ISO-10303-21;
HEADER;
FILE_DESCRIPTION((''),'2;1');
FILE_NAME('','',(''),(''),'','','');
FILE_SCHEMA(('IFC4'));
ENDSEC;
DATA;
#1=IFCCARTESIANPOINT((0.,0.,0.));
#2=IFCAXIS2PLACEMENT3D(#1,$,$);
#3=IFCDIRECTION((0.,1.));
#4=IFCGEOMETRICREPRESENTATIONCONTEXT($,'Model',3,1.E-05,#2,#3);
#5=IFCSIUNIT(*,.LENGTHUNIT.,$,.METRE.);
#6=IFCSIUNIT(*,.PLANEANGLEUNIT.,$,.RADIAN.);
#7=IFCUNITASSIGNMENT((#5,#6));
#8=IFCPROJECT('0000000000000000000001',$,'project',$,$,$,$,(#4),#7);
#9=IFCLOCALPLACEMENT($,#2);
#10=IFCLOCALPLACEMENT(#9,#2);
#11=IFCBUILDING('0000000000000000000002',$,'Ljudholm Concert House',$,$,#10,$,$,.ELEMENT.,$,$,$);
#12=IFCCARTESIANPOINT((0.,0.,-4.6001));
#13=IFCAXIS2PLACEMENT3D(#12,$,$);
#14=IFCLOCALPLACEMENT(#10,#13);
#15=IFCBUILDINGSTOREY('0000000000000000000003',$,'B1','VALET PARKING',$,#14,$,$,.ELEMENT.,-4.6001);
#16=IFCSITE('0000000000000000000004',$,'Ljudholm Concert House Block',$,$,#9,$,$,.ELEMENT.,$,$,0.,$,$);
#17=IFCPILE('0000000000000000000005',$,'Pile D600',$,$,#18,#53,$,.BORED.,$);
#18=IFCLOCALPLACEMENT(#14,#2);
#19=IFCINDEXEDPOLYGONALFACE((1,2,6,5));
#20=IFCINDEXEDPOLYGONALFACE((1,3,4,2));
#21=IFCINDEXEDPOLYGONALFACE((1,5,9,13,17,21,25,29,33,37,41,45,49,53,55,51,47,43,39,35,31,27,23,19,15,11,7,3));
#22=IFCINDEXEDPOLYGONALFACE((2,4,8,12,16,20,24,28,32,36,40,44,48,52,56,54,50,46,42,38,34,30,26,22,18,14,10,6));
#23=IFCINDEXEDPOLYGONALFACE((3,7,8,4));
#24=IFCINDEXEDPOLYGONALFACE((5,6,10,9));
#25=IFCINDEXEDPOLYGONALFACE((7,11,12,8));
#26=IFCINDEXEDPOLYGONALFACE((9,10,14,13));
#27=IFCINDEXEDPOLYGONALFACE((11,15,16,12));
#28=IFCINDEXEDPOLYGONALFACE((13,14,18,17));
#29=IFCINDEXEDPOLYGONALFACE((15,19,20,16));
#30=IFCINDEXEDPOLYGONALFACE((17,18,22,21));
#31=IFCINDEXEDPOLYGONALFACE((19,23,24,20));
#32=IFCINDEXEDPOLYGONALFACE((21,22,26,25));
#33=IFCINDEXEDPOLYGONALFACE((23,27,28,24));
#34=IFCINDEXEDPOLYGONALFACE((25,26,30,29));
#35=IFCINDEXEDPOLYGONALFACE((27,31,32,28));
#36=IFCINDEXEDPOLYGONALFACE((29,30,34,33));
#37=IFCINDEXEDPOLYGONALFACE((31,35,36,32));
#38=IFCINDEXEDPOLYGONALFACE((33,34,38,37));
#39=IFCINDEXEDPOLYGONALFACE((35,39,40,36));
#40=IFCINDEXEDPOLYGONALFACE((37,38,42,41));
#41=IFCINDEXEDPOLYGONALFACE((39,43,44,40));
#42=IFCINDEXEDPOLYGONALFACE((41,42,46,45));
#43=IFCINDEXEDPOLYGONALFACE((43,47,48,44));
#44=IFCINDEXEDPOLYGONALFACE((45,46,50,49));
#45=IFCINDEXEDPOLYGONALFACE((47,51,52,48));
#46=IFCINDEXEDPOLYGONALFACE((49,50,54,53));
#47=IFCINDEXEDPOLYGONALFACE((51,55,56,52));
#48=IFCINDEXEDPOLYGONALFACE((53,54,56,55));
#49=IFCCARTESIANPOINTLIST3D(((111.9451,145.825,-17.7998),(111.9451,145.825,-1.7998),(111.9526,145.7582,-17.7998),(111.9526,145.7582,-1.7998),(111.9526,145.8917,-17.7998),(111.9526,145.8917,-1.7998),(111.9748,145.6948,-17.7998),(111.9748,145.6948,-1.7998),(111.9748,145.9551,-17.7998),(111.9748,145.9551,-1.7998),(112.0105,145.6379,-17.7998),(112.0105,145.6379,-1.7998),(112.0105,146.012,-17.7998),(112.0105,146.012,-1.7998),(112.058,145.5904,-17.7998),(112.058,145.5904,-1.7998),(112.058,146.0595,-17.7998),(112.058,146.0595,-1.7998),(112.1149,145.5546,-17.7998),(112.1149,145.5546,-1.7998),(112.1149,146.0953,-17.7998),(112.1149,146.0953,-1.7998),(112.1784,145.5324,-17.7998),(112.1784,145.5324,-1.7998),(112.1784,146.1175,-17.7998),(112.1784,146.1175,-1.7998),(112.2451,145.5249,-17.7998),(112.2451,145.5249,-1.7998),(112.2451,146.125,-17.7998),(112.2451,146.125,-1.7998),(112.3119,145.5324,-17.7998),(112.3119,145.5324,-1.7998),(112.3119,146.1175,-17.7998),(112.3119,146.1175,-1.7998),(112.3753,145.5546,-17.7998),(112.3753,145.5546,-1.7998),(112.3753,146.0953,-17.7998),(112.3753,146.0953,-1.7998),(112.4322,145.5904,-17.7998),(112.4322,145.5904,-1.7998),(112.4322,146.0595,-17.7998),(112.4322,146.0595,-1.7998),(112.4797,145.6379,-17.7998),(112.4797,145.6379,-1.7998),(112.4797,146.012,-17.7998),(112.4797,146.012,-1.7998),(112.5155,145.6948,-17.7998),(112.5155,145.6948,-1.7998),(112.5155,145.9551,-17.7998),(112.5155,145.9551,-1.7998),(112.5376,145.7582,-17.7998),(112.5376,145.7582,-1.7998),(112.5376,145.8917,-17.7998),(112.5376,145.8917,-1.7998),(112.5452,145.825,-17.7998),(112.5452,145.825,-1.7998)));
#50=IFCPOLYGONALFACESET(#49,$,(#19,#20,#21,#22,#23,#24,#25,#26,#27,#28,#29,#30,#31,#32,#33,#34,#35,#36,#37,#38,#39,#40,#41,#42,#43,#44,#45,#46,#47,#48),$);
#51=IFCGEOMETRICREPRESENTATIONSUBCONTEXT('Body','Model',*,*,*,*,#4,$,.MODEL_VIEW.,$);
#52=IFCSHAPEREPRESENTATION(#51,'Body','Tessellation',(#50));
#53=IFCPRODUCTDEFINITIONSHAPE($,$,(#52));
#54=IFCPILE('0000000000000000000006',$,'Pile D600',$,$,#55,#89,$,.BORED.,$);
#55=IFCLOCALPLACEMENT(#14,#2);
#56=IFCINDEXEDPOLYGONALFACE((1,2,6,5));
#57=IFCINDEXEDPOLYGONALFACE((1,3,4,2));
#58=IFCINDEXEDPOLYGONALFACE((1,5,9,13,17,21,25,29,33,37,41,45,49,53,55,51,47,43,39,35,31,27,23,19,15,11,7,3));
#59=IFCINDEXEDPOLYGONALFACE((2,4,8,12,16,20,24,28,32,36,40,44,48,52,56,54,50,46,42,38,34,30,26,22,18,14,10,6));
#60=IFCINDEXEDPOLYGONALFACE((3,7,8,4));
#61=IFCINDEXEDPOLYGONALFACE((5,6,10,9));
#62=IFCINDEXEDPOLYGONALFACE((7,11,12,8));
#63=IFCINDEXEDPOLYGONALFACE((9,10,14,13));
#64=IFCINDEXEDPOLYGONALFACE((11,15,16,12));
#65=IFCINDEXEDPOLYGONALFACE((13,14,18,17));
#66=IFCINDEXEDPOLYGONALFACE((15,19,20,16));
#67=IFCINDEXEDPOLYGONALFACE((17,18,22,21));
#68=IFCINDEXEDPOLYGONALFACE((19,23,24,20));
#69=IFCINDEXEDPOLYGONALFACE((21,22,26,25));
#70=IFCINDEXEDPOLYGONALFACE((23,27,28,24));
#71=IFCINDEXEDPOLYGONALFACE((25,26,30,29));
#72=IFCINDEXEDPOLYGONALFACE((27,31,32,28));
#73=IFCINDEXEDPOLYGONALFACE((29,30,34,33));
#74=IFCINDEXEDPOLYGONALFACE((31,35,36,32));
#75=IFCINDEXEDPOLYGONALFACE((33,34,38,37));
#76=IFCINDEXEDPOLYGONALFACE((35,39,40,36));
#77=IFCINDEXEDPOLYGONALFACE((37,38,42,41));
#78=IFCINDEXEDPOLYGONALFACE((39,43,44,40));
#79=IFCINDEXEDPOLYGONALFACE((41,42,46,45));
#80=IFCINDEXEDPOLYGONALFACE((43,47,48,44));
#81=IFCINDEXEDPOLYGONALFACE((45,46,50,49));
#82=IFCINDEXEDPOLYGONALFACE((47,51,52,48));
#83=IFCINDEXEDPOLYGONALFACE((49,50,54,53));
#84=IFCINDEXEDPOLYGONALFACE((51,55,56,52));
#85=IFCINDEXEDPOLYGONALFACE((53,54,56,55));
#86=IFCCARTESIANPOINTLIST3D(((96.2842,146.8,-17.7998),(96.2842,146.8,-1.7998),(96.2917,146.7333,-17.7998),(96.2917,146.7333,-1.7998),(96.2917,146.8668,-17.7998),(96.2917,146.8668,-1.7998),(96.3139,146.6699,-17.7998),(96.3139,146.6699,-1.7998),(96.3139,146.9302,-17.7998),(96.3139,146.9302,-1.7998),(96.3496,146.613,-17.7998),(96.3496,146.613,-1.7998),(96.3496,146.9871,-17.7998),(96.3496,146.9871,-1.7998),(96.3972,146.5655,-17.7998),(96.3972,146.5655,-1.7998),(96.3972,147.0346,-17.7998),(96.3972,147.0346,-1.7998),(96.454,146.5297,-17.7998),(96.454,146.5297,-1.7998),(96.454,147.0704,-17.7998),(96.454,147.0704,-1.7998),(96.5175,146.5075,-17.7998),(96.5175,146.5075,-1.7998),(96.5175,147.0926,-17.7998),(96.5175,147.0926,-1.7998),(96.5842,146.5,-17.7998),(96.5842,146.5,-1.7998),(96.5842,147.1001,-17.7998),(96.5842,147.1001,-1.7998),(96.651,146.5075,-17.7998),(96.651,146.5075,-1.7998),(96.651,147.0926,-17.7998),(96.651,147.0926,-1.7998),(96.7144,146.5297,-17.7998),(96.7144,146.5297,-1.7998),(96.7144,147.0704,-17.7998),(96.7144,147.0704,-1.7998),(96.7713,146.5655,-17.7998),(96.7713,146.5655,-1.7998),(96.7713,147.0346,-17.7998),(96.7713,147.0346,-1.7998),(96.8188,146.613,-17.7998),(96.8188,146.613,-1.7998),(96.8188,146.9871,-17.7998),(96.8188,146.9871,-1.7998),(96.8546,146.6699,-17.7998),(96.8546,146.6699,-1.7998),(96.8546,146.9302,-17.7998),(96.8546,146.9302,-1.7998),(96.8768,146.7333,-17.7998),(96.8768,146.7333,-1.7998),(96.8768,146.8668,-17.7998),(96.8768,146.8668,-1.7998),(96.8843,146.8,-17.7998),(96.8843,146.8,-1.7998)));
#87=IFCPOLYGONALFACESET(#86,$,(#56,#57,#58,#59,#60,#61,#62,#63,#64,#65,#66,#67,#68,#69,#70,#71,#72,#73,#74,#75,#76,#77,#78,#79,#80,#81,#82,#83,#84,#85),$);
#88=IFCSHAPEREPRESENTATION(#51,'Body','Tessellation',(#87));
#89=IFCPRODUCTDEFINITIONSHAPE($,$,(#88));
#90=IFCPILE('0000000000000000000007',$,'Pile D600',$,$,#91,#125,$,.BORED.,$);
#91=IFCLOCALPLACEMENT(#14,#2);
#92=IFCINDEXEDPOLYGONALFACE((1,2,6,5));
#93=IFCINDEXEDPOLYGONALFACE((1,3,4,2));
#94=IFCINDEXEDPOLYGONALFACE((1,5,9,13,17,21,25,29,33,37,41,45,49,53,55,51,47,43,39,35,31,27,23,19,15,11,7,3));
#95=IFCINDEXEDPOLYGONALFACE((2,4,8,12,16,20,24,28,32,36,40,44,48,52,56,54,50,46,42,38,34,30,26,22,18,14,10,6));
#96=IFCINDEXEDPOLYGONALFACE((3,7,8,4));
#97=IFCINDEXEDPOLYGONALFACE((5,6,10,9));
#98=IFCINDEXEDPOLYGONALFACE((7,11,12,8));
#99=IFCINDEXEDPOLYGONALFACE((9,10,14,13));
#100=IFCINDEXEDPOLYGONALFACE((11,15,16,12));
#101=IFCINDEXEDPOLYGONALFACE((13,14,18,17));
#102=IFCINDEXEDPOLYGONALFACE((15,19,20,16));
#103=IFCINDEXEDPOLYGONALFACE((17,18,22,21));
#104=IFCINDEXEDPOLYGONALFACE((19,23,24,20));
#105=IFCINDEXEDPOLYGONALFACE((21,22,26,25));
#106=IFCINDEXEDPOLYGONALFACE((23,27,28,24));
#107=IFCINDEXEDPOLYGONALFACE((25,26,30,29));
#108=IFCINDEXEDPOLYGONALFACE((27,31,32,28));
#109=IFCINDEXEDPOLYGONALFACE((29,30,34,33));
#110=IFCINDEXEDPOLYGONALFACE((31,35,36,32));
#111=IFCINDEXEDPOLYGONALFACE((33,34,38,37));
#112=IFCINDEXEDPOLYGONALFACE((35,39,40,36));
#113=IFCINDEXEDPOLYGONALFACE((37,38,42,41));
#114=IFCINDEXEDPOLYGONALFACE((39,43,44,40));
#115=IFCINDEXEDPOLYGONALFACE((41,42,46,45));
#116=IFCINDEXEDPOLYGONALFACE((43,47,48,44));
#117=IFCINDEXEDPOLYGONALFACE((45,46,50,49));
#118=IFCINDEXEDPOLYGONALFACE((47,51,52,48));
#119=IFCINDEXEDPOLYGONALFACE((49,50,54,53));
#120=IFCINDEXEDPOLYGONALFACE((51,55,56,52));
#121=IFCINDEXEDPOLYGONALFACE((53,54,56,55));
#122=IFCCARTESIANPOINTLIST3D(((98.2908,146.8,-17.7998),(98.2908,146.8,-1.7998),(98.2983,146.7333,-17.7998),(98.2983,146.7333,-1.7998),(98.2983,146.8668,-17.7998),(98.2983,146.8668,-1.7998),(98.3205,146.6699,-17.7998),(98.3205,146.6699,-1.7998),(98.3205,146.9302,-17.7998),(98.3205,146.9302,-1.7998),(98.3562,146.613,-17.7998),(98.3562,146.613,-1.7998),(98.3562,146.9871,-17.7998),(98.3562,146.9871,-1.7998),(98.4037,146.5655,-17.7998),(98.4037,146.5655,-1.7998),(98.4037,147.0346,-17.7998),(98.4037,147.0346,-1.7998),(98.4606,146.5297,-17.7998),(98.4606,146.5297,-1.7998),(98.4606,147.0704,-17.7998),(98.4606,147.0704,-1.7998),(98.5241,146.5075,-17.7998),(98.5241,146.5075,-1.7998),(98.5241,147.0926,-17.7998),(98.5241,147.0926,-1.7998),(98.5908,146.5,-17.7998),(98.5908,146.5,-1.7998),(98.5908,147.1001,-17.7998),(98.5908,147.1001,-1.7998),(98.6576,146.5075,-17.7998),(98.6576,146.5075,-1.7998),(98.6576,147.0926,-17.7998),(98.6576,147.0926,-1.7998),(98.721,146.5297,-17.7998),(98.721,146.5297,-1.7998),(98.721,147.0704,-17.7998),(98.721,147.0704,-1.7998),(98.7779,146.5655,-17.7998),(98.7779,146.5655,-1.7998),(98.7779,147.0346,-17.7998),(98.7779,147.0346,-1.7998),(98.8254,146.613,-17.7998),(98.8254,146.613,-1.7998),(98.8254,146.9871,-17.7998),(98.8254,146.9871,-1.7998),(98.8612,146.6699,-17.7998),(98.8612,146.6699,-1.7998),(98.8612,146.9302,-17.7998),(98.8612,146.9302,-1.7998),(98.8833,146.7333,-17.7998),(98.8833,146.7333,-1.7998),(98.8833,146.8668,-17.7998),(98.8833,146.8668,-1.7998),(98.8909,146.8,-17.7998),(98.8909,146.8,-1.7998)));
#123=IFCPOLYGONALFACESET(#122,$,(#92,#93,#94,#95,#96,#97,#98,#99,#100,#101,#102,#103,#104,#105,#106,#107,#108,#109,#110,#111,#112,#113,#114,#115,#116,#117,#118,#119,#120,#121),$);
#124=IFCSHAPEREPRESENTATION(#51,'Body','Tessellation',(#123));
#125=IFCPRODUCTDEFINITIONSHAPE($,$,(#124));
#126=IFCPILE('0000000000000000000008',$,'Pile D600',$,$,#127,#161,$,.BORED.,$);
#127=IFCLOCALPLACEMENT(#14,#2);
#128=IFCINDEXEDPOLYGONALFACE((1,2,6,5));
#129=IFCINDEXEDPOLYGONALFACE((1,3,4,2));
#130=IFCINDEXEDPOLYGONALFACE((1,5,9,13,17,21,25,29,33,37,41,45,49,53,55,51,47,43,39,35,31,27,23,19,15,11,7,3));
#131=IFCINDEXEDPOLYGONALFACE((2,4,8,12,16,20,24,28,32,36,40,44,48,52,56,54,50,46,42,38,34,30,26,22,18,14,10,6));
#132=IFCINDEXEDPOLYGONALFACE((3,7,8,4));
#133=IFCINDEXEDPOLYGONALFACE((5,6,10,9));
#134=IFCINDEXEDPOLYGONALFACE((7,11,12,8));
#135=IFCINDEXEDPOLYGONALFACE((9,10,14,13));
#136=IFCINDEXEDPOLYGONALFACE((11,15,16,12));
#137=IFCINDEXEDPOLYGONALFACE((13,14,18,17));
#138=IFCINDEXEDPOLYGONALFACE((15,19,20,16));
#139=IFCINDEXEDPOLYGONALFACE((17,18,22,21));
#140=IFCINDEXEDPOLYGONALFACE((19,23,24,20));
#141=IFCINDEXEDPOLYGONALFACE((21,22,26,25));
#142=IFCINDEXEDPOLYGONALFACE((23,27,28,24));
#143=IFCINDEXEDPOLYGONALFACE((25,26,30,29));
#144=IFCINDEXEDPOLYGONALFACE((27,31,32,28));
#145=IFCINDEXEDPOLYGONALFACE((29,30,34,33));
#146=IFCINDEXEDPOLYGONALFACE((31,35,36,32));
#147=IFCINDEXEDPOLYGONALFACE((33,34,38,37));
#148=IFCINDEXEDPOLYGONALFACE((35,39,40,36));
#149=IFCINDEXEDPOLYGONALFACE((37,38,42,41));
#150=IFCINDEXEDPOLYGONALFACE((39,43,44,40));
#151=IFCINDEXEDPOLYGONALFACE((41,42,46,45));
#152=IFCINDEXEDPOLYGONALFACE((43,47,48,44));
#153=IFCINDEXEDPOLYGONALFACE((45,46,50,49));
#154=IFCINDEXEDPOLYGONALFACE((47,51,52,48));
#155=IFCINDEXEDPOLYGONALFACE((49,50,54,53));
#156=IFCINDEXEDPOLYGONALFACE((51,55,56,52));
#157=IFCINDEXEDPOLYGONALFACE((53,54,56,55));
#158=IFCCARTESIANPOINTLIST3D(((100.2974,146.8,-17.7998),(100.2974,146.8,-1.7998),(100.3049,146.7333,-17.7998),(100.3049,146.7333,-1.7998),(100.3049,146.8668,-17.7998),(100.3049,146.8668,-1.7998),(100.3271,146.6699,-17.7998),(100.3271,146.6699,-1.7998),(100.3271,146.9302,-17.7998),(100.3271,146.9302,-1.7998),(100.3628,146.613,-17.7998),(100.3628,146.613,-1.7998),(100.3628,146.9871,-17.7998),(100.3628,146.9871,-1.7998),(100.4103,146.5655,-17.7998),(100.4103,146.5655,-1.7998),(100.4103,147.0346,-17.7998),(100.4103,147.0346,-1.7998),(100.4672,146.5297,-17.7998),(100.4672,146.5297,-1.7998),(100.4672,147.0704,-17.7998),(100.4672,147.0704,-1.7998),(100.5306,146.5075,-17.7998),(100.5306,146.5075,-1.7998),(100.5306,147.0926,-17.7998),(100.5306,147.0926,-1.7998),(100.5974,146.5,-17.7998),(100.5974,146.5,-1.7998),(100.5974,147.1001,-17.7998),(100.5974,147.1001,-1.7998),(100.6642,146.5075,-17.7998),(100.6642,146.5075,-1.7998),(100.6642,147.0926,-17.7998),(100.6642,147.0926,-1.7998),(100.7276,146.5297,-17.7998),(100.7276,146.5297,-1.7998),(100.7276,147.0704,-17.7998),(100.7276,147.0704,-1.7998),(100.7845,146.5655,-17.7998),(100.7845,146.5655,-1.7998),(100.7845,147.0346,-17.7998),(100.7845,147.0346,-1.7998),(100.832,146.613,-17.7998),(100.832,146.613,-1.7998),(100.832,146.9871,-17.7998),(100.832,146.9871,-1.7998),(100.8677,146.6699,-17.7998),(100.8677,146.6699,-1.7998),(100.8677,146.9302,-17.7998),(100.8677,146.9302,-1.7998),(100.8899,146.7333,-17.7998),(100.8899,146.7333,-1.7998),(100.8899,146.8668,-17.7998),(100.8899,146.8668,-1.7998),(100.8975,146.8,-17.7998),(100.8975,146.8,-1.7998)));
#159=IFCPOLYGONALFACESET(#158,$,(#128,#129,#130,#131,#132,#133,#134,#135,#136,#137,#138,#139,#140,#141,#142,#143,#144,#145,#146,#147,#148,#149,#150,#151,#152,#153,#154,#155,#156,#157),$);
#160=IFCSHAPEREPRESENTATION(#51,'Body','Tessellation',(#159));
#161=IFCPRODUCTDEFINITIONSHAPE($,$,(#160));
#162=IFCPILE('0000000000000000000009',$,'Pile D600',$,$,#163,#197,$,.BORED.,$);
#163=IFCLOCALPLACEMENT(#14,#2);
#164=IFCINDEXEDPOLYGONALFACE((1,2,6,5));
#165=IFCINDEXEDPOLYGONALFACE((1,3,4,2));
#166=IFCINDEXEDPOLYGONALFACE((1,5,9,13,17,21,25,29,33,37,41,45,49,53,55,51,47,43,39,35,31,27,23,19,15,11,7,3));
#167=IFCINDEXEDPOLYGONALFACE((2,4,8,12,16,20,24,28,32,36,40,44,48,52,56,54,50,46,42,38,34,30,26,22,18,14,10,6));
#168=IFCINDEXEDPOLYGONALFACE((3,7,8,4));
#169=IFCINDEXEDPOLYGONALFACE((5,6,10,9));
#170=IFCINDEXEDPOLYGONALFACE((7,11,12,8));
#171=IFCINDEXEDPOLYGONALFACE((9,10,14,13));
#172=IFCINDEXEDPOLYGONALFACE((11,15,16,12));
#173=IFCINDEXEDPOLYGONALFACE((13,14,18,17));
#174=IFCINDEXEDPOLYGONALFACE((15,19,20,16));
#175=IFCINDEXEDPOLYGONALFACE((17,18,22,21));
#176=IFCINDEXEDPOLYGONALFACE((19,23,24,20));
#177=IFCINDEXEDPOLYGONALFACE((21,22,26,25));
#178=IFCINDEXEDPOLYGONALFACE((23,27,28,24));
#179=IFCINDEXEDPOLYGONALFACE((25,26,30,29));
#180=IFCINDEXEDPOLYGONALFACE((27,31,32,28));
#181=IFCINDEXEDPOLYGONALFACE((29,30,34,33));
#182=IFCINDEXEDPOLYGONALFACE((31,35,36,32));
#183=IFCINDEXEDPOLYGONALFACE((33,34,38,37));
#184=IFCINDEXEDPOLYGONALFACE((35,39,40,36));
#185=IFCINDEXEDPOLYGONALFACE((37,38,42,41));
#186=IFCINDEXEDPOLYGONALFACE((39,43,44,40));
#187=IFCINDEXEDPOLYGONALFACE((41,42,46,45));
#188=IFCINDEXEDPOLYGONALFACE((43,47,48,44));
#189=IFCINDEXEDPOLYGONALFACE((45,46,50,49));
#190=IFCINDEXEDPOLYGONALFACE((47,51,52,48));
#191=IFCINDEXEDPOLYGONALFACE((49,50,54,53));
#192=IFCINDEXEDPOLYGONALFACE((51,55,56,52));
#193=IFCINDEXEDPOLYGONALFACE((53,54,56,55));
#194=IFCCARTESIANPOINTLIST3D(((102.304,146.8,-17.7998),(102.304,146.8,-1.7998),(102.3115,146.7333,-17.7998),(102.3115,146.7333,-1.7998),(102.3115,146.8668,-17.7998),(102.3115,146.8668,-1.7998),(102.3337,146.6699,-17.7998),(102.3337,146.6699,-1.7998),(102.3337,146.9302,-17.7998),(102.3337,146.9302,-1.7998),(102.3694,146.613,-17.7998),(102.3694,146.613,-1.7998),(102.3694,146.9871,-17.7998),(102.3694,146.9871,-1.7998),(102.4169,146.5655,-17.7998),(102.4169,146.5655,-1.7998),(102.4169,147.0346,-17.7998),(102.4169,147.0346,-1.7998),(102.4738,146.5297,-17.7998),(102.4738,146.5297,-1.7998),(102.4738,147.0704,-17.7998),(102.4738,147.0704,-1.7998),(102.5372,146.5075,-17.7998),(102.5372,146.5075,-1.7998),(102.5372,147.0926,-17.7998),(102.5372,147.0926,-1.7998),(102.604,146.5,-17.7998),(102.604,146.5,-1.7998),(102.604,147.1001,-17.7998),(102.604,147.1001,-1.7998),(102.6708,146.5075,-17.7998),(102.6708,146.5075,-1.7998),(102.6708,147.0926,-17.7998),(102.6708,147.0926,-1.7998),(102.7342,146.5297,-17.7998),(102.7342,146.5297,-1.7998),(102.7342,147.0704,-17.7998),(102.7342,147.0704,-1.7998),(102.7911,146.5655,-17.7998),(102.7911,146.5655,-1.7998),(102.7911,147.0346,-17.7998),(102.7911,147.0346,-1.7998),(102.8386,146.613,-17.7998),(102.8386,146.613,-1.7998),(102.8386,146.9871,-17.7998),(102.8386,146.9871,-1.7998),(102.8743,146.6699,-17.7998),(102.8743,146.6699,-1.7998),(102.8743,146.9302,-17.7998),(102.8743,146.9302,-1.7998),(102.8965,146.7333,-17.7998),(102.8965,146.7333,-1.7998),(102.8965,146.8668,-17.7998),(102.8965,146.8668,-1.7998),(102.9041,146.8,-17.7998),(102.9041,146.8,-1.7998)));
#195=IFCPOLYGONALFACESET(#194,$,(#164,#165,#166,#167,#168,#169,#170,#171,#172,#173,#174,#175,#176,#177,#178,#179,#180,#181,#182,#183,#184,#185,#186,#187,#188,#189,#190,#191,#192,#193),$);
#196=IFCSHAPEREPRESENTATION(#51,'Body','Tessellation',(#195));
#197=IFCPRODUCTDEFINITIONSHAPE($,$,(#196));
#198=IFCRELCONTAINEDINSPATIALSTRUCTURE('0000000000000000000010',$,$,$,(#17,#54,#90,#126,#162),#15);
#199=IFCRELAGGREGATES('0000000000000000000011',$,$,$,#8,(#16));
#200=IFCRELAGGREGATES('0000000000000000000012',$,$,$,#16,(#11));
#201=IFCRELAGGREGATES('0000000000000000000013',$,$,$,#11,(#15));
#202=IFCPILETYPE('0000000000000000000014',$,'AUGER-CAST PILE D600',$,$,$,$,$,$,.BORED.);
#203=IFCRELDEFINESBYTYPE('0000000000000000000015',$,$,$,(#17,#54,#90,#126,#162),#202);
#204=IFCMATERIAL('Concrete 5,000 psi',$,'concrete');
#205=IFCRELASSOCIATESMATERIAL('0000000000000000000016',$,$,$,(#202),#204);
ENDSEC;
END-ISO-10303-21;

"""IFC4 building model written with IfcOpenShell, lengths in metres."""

from ifc_helpers import new_model, si_unit, direction, frame, origin, origin_2d, place, context, subcontext, project, spatial, circle, extrude, material, material_profile, profile_set, type_object, element, save


model = new_model("IFC4")

# Units and contexts
model_context = context("Model", 3, precision=1e-05, world=origin(), true_north=direction((0.0, 1.0)))
body_context = subcontext(model_context, "Body", "Model", "MODEL_VIEW")
ifc_project = project(units=[si_unit("LENGTHUNIT", "METRE"), si_unit("PLANEANGLEUNIT", "RADIAN")], contexts=[model_context])

# Site, building, storey
site_placement = place(None, origin())
site = spatial("IfcSite", under=ifc_project, at=site_placement, Name="Ljudholm Concert House Block", CompositionType="ELEMENT", RefElevation=0.0)
building_placement = place(site_placement, origin())
building = spatial("IfcBuilding", under=site, at=building_placement, Name="Ljudholm Concert House", CompositionType="ELEMENT")
storey_placement = place(building_placement, frame((0.0, 0.0, -4.6001)))
storey = spatial("IfcBuildingStorey", under=building, at=storey_placement, Name="B1", Description="VALET PARKING", CompositionType="ELEMENT", Elevation=-4.6001)

# Piles
ifc_material_1 = material(Name="Concrete 5,000 psi", Category="concrete")
ifc_material_profile_1 = material_profile(ifc_material_1, circle(Radius=0.3, at=origin_2d()), Name="AUGER-CAST PILE D600")
ifc_profile_set_1 = profile_set([ifc_material_profile_1], Name="Concrete 5,000 psi")
pile_type = type_object("IfcPileType", Name="AUGER-CAST PILE D600", PredefinedType="BORED", material=ifc_profile_set_1)
for number, where, z_axis, x_axis, name in (
    (1, (112.2451, 145.825, -1.7998), (0.0, 0.0, -1.0), (1.0, 0.0, 0.0), "Pile D600"),
    (2, (96.5842, 146.8, -1.7998), (0.0, 0.0, -1.0), (1.0, 0.0, 0.0), "Pile D600"),
    (3, (98.5908, 146.8, -1.7998), (0.0, 0.0, -1.0), (1.0, 0.0, 0.0), "Pile D600"),
    (4, (100.5974, 146.8, -1.7998), (0.0, 0.0, -1.0), (1.0, 0.0, 0.0), "Pile D600"),
    (5, (102.604, 146.8, -1.7998), (0.0, 0.0, -1.0), (1.0, 0.0, 0.0), "Pile D600"),
):
    element("IfcPile", number, at=place(storey_placement, frame(where, z_axis=z_axis, x_axis=x_axis)), inside=storey, type_object=pile_type, Name=name, PredefinedType="BORED", context=body_context, shape_type="SweptSolid", body=[
        extrude(circle(Radius=0.3, at=origin_2d()), origin(), (0.0, 0.0, 1.0), 16.0),
    ])

save(model, "model.ifc")
